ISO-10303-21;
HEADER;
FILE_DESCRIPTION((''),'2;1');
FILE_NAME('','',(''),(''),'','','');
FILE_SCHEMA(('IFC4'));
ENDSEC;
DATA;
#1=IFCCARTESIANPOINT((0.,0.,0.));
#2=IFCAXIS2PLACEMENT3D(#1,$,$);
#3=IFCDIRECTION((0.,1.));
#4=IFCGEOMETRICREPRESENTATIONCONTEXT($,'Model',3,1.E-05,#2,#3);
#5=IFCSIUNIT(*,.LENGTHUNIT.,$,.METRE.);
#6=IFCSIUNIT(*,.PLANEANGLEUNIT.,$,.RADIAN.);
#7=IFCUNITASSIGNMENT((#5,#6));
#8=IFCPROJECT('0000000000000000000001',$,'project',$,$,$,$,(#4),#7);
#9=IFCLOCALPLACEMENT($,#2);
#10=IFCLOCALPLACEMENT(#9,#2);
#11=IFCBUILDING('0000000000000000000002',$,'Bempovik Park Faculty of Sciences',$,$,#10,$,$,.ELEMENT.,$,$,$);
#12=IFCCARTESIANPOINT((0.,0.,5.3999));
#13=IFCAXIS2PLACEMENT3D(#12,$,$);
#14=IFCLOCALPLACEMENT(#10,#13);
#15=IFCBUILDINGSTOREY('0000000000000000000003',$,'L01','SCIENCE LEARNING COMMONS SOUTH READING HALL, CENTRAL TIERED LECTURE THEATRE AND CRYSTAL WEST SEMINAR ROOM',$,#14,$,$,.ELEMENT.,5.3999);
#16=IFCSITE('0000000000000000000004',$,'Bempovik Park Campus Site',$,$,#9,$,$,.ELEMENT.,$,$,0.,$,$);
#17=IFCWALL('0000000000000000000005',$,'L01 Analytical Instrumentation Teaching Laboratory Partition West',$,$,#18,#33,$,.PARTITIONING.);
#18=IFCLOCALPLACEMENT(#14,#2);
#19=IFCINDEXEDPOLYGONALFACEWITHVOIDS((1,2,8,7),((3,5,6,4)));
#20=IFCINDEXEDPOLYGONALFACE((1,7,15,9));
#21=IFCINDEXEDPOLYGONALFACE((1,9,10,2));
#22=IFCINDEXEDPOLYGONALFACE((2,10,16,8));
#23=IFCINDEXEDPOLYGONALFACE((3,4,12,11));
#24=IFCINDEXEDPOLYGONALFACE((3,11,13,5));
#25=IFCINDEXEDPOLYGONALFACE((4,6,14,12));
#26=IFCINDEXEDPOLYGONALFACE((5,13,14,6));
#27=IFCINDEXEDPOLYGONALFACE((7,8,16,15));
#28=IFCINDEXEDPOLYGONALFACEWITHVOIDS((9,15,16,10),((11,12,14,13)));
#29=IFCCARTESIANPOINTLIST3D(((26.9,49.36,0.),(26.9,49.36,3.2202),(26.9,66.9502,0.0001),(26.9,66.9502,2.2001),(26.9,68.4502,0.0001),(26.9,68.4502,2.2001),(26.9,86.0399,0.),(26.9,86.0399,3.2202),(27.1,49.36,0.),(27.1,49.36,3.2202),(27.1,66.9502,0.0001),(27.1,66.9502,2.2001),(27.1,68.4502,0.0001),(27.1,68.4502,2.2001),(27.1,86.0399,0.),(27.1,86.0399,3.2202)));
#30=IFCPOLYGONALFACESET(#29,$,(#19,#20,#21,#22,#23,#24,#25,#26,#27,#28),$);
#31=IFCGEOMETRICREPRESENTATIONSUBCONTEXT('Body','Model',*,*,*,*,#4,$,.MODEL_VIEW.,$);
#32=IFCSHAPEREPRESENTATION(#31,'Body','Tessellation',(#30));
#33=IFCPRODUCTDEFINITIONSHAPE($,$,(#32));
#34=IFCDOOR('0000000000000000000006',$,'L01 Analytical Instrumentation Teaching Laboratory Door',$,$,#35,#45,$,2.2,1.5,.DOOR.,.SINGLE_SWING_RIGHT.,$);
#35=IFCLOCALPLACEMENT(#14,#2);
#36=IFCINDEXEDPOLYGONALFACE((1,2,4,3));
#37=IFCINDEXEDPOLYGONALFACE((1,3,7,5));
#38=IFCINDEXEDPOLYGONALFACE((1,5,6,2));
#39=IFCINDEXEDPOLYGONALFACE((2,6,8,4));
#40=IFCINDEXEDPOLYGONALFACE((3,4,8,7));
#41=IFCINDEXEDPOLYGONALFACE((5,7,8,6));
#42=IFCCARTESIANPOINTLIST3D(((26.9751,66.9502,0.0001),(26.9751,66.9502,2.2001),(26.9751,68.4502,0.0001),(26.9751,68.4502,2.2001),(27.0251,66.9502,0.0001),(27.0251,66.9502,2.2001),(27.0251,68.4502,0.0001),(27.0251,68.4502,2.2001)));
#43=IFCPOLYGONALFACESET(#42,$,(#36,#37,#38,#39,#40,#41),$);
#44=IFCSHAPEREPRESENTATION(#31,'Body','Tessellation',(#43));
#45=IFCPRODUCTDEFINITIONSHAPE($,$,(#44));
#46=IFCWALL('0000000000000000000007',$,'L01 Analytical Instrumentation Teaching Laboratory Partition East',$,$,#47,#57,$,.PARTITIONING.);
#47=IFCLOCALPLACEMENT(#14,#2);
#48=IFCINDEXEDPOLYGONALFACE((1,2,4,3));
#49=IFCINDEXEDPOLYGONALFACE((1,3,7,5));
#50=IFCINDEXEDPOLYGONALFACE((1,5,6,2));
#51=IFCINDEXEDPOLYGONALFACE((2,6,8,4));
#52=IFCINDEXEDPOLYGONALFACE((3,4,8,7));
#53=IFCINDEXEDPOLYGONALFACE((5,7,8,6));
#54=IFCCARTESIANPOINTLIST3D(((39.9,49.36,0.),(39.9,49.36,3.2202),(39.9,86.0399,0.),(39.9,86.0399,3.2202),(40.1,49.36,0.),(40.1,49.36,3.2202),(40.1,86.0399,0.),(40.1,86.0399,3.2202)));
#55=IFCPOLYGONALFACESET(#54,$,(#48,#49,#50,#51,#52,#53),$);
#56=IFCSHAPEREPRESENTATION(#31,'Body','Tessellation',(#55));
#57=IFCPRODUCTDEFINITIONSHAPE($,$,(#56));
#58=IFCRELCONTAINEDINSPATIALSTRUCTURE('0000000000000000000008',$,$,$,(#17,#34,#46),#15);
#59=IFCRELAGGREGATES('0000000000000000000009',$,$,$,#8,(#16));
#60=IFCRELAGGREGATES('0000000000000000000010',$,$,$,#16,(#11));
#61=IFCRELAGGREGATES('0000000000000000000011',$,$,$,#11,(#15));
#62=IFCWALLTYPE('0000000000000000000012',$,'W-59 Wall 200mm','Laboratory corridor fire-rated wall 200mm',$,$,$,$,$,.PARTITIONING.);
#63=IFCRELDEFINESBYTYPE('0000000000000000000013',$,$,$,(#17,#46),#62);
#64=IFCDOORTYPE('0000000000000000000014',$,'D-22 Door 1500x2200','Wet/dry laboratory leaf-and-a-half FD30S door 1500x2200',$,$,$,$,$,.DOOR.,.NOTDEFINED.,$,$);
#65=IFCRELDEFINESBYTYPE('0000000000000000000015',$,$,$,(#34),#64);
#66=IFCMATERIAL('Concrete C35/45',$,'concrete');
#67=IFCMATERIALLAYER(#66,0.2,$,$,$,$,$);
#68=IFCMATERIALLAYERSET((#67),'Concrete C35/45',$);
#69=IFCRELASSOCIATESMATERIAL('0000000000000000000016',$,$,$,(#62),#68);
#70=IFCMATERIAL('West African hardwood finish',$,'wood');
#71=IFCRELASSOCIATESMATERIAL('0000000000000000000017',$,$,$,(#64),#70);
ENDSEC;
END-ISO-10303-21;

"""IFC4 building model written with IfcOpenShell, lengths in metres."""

from ifc_helpers import new_model, si_unit, direction, frame, frame_2d, origin, place, context, subcontext, project, spatial, rectangle, extrude, material, layer, layer_set, type_object, element, fill, save


model = new_model("IFC4")

# Units and contexts
model_context = context("Model", 3, precision=1e-05, world=origin(), true_north=direction((0.0, 1.0)))
body_context = subcontext(model_context, "Body", "Model", "MODEL_VIEW")
ifc_project = project(units=[si_unit("LENGTHUNIT", "METRE"), si_unit("PLANEANGLEUNIT", "RADIAN")], contexts=[model_context])

# Site, building, storey
site_placement = place(None, origin())
site = spatial("IfcSite", under=ifc_project, at=site_placement, Name="Bempovik Park Campus Site", CompositionType="ELEMENT", RefElevation=0.0)
building_placement = place(site_placement, origin())
building = spatial("IfcBuilding", under=site, at=building_placement, Name="Bempovik Park Faculty of Sciences", CompositionType="ELEMENT")
storey_placement = place(building_placement, frame((0.0, 0.0, 5.3999)))
storey = spatial("IfcBuildingStorey", under=building, at=storey_placement, Name="L01", Description="SCIENCE LEARNING COMMONS SOUTH READING HALL, CENTRAL TIERED LECTURE THEATRE AND CRYSTAL WEST SEMINAR ROOM", CompositionType="ELEMENT", Elevation=5.3999)

# Shared definitions
ifc_material_1 = material(Name="Concrete C35/45", Category="concrete")

# Shared definitions
ifc_layer_1 = layer(ifc_material_1, 0.2)
ifc_layer_set_1 = layer_set([ifc_layer_1], Name="Concrete C35/45")
wall_type_1 = type_object("IfcWallType", Name="W-59 Wall 200mm", Description="Laboratory corridor fire-rated wall 200mm", PredefinedType="PARTITIONING", material=ifc_layer_set_1)

# Wall, opening, door
wall_1_placement = place(storey_placement, frame((27.0, 49.3601, 0.0), z_axis=(0.0, 0.0, 1.0), x_axis=(0.0, 1.0, 0.0)))
wall_1 = element("IfcWall", 1, at=wall_1_placement, inside=storey, type_object=wall_type_1, Name="L01 Analytical Instrumentation Teaching Laboratory Partition West", PredefinedType="PARTITIONING", context=body_context, shape_type="SweptSolid", body=[
    extrude(rectangle(XDim=36.6799, YDim=0.2, at=frame_2d((18.3398, 0.0))), origin(), (0.0, 0.0, 1.0), 3.2202),
])
opening_1_placement = place(wall_1_placement, frame((17.5901, 0.0, 0.0)))
opening_1 = element("IfcOpeningElement", 2, at=opening_1_placement, cuts=wall_1, PredefinedType="OPENING", context=body_context, shape_type="SweptSolid", body=[
    extrude(rectangle(XDim=1.5, YDim=2.2, at=frame_2d((0.75, 1.1001))), frame((0.0, 0.1099, 0.0), z_axis=(0.0, -1.0, 0.0), x_axis=(1.0, 0.0, 0.0)), (0.0, 0.0, 1.0), 0.22),
])
ifc_material_2 = material(Name="West African hardwood finish", Category="wood")
door_type = type_object("IfcDoorType", Name="D-22 Door 1500x2200", Description="Wet/dry laboratory leaf-and-a-half FD30S door 1500x2200", OperationType="NOTDEFINED", PredefinedType="DOOR", material=ifc_material_2)
door_placement = place(opening_1_placement, origin())
door = element("IfcDoor", 3, at=door_placement, inside=storey, type_object=door_type, Name="L01 Analytical Instrumentation Teaching Laboratory Door", OperationType="SINGLE_SWING_RIGHT", OverallHeight=2.2, OverallWidth=1.5, PredefinedType="DOOR", context=body_context, shape_type="SweptSolid", body=[
    extrude(rectangle(XDim=1.5, YDim=2.2, at=frame_2d((0.75, 1.1001))), frame((0.0, 0.0249, 0.0), z_axis=(0.0, -1.0, 0.0), x_axis=(1.0, 0.0, 0.0)), (0.0, 0.0, 1.0), 0.05),
])
fill(opening_1, door)

# Wall
wall_2_placement = place(storey_placement, frame((40.0, 49.3601, 0.0), z_axis=(0.0, 0.0, 1.0), x_axis=(0.0, 1.0, 0.0)))
element("IfcWall", 4, at=wall_2_placement, inside=storey, type_object=wall_type_1, Name="L01 Analytical Instrumentation Teaching Laboratory Partition East", PredefinedType="PARTITIONING", context=body_context, shape_type="SweptSolid", body=[
    extrude(rectangle(XDim=36.6799, YDim=0.2, at=frame_2d((18.3398, 0.0))), origin(), (0.0, 0.0, 1.0), 3.2202),
])

save(model, "model.ifc")
